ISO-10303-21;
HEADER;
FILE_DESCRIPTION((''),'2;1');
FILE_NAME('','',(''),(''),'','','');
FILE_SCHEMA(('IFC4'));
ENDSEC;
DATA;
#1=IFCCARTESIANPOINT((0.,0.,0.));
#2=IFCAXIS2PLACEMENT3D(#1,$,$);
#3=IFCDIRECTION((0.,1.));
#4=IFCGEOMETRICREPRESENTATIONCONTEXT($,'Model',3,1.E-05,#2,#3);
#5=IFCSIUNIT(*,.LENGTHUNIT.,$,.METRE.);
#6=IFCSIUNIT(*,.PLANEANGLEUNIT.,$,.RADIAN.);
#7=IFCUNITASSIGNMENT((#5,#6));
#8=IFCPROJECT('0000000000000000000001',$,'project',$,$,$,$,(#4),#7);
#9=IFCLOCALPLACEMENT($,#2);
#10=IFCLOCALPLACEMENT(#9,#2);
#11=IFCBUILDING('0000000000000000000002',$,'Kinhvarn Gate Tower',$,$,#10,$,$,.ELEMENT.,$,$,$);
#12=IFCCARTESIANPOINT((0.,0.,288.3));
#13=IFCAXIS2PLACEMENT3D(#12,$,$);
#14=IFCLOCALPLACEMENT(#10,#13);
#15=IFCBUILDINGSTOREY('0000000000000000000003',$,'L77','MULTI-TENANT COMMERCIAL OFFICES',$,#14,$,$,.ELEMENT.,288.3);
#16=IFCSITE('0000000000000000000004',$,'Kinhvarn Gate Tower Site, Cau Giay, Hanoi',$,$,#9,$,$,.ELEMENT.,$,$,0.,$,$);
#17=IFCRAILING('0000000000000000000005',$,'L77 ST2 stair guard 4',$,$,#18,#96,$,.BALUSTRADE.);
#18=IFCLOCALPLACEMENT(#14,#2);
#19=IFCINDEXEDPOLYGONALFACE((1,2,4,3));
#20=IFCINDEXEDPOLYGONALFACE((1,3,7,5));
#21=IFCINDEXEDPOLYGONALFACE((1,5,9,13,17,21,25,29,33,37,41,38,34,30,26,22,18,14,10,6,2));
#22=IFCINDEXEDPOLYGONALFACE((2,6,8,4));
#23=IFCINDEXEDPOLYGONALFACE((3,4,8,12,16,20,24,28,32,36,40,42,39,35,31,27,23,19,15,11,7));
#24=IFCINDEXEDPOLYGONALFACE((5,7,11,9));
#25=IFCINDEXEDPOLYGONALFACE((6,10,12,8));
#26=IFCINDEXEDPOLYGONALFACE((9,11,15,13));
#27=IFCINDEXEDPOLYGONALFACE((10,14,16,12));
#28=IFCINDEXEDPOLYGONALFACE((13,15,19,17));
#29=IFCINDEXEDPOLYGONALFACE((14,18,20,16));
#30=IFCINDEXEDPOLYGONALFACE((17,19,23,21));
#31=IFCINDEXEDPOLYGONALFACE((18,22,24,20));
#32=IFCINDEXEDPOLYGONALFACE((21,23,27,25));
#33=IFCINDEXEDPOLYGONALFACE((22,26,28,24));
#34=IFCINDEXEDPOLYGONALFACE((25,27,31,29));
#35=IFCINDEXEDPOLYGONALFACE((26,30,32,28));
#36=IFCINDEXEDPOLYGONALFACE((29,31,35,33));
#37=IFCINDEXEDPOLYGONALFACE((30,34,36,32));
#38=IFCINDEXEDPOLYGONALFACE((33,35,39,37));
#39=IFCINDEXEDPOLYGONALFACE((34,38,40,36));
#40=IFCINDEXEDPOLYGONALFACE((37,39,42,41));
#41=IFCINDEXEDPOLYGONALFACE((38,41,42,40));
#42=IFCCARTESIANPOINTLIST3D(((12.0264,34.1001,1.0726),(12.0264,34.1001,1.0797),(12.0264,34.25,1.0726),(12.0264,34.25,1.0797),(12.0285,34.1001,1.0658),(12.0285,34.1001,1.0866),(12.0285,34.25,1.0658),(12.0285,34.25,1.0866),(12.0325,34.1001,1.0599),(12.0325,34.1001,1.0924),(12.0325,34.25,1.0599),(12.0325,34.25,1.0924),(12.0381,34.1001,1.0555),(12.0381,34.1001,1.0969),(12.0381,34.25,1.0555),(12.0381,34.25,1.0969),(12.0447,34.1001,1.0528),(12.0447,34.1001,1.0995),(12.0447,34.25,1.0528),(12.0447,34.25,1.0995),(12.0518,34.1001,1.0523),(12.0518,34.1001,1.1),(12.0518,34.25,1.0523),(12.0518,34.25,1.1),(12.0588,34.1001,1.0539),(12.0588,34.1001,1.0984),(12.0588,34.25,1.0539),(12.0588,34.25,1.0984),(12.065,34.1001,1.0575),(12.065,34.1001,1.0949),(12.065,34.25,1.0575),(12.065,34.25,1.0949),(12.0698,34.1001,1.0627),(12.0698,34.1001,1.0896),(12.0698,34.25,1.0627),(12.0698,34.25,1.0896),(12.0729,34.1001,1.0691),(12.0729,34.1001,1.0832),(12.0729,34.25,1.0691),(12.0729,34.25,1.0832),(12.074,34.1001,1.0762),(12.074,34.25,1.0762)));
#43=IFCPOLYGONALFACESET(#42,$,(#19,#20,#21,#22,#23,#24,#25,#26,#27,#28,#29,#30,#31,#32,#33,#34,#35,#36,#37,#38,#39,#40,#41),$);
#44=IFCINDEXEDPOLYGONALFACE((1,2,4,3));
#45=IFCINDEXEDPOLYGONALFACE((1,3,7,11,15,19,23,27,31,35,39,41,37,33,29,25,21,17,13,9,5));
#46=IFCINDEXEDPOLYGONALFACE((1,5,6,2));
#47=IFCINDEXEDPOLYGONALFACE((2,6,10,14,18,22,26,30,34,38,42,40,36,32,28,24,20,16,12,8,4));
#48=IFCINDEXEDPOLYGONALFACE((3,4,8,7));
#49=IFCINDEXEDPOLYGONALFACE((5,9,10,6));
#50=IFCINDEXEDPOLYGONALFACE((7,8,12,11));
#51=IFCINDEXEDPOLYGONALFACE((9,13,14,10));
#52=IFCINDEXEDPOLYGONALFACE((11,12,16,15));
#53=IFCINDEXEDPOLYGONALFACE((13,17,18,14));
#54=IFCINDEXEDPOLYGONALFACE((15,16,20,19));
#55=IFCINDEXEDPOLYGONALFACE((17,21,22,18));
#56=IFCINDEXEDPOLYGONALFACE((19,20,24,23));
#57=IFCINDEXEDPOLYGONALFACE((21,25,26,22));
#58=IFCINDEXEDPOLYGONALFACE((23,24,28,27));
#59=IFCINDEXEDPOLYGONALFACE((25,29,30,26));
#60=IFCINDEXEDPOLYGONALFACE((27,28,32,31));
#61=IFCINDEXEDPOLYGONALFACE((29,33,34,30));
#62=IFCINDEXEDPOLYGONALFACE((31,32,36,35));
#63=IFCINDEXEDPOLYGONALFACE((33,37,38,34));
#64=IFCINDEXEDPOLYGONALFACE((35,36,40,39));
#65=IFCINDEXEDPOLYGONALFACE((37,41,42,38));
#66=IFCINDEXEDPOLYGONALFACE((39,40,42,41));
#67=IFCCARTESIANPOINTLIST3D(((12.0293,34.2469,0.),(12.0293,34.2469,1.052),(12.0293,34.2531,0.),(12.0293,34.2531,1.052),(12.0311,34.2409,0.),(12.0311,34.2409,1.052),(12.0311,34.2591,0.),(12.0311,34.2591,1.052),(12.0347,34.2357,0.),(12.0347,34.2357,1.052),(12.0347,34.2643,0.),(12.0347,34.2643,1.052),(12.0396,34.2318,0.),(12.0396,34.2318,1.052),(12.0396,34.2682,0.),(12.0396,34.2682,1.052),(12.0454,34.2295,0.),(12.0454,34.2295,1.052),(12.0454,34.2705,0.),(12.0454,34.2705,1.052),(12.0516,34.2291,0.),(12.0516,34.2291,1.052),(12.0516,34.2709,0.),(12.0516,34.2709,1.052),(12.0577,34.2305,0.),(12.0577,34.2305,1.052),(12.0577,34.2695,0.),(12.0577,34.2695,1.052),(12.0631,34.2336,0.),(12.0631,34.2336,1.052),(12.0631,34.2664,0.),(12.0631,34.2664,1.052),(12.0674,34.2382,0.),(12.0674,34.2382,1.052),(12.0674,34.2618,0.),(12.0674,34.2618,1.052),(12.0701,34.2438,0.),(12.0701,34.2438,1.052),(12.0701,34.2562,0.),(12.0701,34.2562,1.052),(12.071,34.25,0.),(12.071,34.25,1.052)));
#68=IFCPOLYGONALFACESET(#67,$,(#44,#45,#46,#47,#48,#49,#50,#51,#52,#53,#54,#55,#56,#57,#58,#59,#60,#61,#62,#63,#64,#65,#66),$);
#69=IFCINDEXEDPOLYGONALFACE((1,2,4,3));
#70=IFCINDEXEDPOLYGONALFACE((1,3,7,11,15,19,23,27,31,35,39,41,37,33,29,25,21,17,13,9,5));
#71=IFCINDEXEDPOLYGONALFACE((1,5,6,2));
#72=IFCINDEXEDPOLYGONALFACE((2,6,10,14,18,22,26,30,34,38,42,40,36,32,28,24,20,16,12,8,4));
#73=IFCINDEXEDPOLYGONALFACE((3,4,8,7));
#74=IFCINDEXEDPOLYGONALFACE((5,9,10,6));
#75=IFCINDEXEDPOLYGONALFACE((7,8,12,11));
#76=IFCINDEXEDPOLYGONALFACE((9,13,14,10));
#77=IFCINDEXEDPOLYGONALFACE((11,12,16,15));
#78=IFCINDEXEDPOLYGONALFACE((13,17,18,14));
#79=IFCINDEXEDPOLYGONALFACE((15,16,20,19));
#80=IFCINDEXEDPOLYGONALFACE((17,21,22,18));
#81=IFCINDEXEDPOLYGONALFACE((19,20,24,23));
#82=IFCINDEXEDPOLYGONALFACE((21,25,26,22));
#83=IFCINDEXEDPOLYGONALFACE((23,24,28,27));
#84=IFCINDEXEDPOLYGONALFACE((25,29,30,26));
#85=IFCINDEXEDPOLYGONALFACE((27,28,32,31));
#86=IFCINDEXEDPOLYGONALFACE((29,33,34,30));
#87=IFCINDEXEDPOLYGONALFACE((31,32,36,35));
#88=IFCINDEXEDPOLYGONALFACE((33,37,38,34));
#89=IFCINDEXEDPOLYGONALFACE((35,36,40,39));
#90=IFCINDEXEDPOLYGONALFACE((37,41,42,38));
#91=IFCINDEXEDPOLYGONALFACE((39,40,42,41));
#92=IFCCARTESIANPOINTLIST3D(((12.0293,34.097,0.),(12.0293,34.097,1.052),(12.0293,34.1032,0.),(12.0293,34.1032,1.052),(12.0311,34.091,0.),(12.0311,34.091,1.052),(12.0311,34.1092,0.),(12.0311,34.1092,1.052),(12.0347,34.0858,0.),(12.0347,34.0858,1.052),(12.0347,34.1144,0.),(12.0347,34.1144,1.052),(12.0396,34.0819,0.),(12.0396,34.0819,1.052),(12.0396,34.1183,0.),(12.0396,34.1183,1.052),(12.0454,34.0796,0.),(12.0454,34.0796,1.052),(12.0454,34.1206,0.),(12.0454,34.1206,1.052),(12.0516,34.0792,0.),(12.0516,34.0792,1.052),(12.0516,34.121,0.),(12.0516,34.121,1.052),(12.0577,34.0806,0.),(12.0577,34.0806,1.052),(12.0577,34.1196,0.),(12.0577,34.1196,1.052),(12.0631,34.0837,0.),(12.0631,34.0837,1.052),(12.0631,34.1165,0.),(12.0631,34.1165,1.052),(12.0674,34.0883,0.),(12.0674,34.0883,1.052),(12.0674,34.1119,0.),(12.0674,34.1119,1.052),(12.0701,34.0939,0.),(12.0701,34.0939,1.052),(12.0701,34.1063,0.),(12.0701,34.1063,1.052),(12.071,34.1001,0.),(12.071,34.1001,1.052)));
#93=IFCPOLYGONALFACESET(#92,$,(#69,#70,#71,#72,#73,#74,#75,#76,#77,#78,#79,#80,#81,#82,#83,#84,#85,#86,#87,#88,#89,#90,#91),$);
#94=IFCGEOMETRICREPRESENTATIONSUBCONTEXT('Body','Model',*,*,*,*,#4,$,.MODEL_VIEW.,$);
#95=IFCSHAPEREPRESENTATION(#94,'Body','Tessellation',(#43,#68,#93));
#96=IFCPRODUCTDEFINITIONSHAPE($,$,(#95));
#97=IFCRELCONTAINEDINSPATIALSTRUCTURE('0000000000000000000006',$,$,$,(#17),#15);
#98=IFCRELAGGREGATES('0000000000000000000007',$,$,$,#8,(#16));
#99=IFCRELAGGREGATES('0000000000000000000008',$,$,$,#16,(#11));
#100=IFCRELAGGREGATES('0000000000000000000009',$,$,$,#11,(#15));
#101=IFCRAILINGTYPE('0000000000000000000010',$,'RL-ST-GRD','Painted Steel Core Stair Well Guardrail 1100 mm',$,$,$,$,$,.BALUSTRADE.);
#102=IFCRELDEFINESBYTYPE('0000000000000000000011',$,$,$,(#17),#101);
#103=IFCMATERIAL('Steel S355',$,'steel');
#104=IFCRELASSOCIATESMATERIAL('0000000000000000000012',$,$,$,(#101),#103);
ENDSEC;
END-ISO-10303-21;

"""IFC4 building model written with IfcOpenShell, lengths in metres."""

from ifc_helpers import new_model, si_unit, direction, frame, origin, origin_2d, place, context, subcontext, project, spatial, circle, extrude, material, type_object, element, save


model = new_model("IFC4")

# Units and contexts
model_context = context("Model", 3, precision=1e-05, world=origin(), true_north=direction((0.0, 1.0)))
body_context = subcontext(model_context, "Body", "Model", "MODEL_VIEW")
ifc_project = project(units=[si_unit("LENGTHUNIT", "METRE"), si_unit("PLANEANGLEUNIT", "RADIAN")], contexts=[model_context])

# Site, building, storey
site_placement = place(None, origin())
site = spatial("IfcSite", under=ifc_project, at=site_placement, Name="Kinhvarn Gate Tower Site, Cau Giay, Hanoi", CompositionType="ELEMENT", RefElevation=0.0)
building_placement = place(site_placement, origin())
building = spatial("IfcBuilding", under=site, at=building_placement, Name="Kinhvarn Gate Tower", CompositionType="ELEMENT")
storey_placement = place(building_placement, frame((0.0, 0.0, 288.3)))
storey = spatial("IfcBuildingStorey", under=building, at=storey_placement, Name="L77", Description="MULTI-TENANT COMMERCIAL OFFICES", CompositionType="ELEMENT", Elevation=288.3)

# Railing
ifc_material_1 = material(Name="Steel S355", Category="steel")
railing_type_1 = type_object("IfcRailingType", Name="RL-ST-GRD", Description="Painted Steel Core Stair Well Guardrail 1100 mm", PredefinedType="BALUSTRADE", material=ifc_material_1)
railing_1_placement = place(storey_placement, frame((12.05, 34.25, 0.0)))
element("IfcRailing", 1, at=railing_1_placement, inside=storey, type_object=railing_type_1, Name="L77 ST2 stair guard 4", PredefinedType="BALUSTRADE", context=body_context, shape_type="SweptSolid", body=[
    extrude(circle(Radius=0.0239, at=origin_2d()), frame((0.0, 0.0, 1.0762), z_axis=(0.0, -1.0, 0.0), x_axis=(1.0, 0.0, 0.0)), (0.0, 0.0, 1.0), 0.1499),
    extrude(circle(Radius=0.021, at=origin_2d()), origin(), (0.0, 0.0, 1.0), 1.052),
    extrude(circle(Radius=0.021, at=origin_2d()), frame((0.0, -0.1499, 0.0)), (0.0, 0.0, 1.0), 1.052),
])

save(model, "model.ifc")
